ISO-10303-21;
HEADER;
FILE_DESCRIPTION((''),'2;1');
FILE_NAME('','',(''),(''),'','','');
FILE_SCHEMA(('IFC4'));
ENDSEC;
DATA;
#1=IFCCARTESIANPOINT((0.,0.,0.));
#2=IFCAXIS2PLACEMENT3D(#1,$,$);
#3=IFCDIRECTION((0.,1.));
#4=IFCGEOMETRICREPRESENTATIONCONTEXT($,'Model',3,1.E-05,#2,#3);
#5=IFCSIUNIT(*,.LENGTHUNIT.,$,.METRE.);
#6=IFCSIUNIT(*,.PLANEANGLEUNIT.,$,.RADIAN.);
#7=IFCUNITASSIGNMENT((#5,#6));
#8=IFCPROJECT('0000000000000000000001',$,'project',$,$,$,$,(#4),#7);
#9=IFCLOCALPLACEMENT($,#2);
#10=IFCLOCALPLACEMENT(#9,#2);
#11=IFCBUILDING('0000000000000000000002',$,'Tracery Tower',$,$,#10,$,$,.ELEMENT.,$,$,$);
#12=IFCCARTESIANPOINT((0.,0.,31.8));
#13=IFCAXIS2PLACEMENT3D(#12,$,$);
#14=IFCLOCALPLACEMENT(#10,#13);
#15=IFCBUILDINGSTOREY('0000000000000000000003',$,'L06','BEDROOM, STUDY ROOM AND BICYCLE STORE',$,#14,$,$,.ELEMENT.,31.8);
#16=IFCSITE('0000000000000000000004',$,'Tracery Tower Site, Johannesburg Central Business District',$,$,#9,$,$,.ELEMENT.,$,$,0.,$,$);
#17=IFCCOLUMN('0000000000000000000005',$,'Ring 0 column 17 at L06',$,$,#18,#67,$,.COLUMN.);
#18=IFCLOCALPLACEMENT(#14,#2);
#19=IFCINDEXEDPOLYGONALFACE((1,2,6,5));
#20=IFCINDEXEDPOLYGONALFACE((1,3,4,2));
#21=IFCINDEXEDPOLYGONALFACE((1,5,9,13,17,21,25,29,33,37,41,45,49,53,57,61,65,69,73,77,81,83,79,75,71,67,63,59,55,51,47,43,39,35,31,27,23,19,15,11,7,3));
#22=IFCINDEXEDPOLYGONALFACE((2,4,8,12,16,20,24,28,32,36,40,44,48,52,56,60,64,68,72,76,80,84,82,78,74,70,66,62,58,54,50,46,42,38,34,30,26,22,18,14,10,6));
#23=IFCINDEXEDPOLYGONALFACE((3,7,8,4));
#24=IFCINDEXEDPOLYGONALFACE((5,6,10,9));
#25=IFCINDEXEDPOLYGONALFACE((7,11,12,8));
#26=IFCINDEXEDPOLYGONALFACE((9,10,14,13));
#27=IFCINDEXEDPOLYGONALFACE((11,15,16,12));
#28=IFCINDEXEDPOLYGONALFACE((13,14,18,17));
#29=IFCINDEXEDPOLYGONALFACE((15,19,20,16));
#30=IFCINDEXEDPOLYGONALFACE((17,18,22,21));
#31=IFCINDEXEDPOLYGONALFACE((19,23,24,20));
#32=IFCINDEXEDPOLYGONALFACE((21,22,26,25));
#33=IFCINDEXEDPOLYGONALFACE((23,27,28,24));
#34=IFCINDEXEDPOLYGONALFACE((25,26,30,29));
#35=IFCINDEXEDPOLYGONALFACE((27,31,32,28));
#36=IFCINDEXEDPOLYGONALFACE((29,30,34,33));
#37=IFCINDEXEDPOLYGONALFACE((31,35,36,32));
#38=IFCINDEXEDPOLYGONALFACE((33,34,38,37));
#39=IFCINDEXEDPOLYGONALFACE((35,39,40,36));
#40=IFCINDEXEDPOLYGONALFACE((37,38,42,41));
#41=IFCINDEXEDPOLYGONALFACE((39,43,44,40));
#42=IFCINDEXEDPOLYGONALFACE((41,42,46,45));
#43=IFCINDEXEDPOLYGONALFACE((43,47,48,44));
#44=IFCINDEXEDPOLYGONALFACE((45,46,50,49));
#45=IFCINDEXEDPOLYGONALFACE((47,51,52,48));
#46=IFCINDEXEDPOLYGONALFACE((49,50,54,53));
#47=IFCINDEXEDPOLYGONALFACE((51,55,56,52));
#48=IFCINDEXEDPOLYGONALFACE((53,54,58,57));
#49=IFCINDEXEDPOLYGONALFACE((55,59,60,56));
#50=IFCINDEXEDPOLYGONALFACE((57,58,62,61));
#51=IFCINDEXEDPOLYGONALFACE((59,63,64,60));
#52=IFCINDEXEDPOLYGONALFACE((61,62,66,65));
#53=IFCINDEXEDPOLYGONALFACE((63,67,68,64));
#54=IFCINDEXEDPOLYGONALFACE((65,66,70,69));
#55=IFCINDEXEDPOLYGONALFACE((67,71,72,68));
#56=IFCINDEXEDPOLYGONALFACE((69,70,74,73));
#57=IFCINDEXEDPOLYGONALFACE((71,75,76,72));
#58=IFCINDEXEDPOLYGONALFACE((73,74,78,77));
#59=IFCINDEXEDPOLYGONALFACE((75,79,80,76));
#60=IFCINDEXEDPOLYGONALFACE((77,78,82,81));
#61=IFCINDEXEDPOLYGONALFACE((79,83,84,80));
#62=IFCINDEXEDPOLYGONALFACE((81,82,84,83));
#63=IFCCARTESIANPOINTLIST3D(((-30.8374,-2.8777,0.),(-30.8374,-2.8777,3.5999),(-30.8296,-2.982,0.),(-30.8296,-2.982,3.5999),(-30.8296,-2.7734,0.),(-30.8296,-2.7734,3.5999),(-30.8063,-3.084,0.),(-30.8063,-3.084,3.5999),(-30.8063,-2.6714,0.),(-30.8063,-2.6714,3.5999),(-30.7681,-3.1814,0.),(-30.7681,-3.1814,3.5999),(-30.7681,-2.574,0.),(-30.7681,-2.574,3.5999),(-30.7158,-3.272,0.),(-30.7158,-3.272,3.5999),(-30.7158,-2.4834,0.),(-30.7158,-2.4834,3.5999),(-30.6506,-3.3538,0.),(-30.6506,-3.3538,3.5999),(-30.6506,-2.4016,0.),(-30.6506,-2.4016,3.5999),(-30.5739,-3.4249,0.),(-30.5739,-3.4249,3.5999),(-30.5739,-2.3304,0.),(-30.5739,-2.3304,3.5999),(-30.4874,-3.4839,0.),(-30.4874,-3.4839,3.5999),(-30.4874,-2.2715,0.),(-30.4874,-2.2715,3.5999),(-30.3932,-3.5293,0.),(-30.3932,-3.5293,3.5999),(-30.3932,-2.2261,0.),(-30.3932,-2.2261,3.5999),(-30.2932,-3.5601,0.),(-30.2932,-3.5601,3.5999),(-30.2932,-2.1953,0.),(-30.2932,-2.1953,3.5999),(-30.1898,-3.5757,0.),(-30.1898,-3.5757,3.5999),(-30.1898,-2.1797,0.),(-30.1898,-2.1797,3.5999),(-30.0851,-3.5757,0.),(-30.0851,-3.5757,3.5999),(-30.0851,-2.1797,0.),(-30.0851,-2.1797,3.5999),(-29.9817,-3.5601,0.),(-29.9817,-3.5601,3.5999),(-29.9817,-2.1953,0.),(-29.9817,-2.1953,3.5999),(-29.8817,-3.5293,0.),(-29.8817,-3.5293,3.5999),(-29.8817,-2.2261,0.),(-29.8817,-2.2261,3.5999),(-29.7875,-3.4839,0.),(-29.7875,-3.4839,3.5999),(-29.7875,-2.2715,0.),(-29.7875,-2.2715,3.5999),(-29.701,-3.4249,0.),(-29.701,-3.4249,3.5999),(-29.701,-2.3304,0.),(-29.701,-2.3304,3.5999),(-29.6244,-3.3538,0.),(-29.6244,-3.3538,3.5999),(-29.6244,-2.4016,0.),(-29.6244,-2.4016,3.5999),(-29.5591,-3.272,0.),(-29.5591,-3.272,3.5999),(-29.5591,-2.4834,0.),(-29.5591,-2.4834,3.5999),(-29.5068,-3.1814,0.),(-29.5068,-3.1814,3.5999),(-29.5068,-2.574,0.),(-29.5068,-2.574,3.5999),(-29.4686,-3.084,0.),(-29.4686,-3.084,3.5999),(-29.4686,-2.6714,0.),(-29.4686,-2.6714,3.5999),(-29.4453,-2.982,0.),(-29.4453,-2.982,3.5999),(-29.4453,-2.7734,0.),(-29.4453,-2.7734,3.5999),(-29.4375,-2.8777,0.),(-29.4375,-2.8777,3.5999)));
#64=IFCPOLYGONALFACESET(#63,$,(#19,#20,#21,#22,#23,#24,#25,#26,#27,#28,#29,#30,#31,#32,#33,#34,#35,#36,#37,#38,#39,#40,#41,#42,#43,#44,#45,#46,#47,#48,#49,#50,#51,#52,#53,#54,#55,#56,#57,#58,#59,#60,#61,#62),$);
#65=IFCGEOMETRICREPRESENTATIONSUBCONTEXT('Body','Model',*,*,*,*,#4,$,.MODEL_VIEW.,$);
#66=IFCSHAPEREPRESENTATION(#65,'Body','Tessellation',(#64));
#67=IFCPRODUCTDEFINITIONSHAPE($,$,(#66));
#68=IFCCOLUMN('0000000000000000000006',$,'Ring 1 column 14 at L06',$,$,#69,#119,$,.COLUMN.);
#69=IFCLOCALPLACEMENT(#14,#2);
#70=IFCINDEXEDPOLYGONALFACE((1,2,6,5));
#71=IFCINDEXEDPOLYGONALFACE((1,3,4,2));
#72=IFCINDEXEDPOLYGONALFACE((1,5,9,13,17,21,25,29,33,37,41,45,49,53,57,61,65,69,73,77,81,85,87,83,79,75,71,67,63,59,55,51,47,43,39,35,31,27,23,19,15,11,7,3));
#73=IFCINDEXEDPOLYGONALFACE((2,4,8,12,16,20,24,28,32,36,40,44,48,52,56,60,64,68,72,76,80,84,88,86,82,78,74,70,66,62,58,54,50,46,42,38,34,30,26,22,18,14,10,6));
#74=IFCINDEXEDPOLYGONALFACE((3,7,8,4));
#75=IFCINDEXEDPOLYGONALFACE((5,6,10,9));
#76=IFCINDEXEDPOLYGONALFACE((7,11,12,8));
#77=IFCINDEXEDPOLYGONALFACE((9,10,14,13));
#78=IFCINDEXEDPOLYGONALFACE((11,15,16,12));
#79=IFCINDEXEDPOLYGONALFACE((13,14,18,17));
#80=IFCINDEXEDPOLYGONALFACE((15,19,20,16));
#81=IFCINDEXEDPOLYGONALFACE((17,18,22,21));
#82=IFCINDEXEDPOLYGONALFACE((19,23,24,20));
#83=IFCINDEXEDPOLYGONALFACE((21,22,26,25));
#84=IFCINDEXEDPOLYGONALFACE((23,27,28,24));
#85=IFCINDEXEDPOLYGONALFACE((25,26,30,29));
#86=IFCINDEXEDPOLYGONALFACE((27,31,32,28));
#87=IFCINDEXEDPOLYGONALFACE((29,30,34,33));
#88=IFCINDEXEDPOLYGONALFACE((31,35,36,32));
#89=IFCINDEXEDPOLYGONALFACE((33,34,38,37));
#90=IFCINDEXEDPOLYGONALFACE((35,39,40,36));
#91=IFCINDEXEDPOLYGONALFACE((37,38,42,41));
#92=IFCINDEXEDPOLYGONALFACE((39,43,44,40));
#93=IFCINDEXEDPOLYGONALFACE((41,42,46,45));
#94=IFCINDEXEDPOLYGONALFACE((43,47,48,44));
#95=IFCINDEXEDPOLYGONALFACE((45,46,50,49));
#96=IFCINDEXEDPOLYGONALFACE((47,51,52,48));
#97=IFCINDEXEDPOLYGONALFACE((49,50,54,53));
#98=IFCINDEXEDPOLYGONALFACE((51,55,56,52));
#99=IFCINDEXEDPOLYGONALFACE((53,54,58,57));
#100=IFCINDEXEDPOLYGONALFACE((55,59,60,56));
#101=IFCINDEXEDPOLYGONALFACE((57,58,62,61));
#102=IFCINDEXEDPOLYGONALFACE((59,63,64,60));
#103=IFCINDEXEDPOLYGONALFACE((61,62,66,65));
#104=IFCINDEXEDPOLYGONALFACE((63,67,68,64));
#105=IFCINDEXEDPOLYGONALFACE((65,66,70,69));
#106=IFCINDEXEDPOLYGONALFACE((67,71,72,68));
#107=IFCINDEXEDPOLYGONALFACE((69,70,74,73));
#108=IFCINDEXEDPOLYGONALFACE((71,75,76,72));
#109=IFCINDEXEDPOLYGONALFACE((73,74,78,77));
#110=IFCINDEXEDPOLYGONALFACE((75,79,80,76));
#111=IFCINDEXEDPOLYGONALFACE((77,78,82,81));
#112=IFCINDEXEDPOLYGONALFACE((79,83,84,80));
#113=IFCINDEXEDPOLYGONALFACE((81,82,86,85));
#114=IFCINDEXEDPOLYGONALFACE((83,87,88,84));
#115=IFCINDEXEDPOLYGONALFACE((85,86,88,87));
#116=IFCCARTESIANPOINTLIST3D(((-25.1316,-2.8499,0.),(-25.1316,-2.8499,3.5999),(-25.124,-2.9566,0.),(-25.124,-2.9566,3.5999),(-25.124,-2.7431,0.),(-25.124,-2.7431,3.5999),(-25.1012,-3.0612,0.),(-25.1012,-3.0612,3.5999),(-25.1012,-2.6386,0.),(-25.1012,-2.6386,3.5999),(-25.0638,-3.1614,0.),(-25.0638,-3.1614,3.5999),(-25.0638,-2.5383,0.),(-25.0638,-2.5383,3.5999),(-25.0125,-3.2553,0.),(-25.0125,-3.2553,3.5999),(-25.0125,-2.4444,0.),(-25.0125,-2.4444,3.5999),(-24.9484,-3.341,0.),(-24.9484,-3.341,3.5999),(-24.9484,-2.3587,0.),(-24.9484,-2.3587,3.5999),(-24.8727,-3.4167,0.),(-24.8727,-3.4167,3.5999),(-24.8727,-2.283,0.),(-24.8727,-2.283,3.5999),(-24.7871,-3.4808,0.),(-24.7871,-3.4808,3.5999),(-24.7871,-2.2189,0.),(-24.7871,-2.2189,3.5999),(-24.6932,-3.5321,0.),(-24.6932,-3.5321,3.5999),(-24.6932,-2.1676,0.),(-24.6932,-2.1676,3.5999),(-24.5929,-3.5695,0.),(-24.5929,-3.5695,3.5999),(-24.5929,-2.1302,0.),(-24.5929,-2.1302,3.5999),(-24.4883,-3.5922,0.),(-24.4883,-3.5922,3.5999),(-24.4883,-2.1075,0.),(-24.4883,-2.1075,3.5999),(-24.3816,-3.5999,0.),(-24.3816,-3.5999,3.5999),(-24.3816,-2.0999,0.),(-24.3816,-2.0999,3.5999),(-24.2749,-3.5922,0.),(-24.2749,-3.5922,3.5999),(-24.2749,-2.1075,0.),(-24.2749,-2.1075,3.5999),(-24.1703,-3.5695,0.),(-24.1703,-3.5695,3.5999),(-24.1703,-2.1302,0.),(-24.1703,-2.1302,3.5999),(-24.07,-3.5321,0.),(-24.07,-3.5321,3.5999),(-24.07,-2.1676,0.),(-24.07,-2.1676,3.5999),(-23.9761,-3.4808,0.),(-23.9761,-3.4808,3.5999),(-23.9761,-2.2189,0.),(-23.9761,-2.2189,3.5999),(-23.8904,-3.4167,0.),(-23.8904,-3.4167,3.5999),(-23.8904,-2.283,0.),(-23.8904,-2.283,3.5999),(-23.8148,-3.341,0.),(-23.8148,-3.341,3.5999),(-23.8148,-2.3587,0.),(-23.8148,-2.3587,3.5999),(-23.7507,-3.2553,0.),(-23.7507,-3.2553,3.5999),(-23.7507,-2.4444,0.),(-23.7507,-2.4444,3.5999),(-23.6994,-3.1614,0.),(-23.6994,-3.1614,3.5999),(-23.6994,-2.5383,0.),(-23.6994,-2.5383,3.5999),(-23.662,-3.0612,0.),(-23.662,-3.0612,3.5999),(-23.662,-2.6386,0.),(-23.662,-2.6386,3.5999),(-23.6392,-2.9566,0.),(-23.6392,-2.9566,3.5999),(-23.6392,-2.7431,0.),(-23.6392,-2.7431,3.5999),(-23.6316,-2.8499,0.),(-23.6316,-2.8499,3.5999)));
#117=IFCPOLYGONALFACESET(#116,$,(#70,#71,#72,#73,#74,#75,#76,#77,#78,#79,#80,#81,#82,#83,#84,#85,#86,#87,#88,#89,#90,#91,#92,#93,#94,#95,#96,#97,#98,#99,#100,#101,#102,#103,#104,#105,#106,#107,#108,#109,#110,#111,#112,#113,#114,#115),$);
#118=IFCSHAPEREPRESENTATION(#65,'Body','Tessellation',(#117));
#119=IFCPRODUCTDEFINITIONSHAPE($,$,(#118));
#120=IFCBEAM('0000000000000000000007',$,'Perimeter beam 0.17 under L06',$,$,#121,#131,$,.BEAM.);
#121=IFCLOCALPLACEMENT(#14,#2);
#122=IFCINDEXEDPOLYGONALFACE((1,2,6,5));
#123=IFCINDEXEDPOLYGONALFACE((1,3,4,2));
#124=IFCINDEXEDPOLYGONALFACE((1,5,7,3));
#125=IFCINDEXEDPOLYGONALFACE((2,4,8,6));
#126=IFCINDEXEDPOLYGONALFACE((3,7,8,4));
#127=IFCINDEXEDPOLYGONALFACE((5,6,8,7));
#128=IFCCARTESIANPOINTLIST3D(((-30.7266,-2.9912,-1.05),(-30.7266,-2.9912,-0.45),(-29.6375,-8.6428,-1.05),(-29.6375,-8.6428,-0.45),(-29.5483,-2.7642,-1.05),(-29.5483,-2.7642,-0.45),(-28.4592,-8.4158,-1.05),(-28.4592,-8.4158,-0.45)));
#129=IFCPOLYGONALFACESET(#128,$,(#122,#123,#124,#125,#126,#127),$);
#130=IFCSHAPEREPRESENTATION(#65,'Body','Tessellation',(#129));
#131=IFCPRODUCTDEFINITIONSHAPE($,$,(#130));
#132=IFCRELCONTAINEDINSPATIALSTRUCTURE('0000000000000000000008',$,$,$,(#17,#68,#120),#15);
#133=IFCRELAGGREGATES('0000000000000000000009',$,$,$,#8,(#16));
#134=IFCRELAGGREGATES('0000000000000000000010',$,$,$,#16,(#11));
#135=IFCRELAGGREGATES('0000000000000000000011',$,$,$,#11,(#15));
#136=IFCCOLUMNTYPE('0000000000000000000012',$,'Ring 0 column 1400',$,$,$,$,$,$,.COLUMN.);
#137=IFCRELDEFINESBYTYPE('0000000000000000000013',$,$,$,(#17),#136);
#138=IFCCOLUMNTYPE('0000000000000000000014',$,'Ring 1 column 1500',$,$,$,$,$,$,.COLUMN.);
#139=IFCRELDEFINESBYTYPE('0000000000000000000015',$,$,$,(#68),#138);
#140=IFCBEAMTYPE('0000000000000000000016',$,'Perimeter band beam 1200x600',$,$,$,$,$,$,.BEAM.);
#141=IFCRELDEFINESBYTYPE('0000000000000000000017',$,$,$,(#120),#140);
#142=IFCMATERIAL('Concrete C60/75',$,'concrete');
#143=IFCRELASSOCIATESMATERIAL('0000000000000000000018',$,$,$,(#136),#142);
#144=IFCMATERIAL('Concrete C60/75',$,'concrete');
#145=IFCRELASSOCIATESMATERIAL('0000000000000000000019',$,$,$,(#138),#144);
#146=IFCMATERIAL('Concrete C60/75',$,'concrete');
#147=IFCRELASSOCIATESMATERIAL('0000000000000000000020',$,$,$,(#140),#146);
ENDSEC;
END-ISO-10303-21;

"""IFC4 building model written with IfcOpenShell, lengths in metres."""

from ifc_helpers import new_model, si_unit, direction, frame, origin, origin_2d, place, context, subcontext, project, spatial, rectangle, circle, extrude, material, material_profile, profile_set, type_object, element, save


model = new_model("IFC4")

# Units and contexts
model_context = context("Model", 3, precision=1e-05, world=origin(), true_north=direction((0.0, 1.0)))
body_context = subcontext(model_context, "Body", "Model", "MODEL_VIEW")
ifc_project = project(units=[si_unit("LENGTHUNIT", "METRE"), si_unit("PLANEANGLEUNIT", "RADIAN")], contexts=[model_context])

# Site, building, storey
site_placement = place(None, origin())
site = spatial("IfcSite", under=ifc_project, at=site_placement, Name="Tracery Tower Site, Johannesburg Central Business District", CompositionType="ELEMENT", RefElevation=0.0)
building_placement = place(site_placement, origin())
building = spatial("IfcBuilding", under=site, at=building_placement, Name="Tracery Tower", CompositionType="ELEMENT")
storey_placement = place(building_placement, frame((0.0, 0.0, 31.8)))
storey = spatial("IfcBuildingStorey", under=building, at=storey_placement, Name="L06", Description="BEDROOM, STUDY ROOM AND BICYCLE STORE", CompositionType="ELEMENT", Elevation=31.8)

# Columns
ifc_material_1 = material(Name="Concrete C60/75", Category="concrete")
ifc_material_profile_1 = material_profile(ifc_material_1, circle(Radius=0.7, at=origin_2d()), Name="RC D1400")
ifc_profile_set_1 = profile_set([ifc_material_profile_1], Name="Concrete C60/75")
column_type_1 = type_object("IfcColumnType", Name="Ring 0 column 1400", PredefinedType="COLUMN", material=ifc_profile_set_1)
column_1_placement = place(storey_placement, frame((-30.1375, -2.8777, 0.0), z_axis=(0.0, 0.0, 1.0), x_axis=(1.0, 0.0, 0.0)))
element("IfcColumn", 1, at=column_1_placement, inside=storey, type_object=column_type_1, Name="Ring 0 column 17 at L06", PredefinedType="COLUMN", context=body_context, shape_type="SweptSolid", body=[
    extrude(circle(Radius=0.7, at=origin_2d()), origin(), (0.0, 0.0, 1.0), 3.5999),
])
ifc_material_2 = material(Name="Concrete C60/75", Category="concrete")
ifc_material_profile_2 = material_profile(ifc_material_2, circle(Radius=0.75, at=origin_2d()), Name="RC D1500")
ifc_profile_set_2 = profile_set([ifc_material_profile_2], Name="Concrete C60/75")
column_type_2 = type_object("IfcColumnType", Name="Ring 1 column 1500", PredefinedType="COLUMN", material=ifc_profile_set_2)
column_2_placement = place(storey_placement, frame((-24.3816, -2.8499, 0.0), z_axis=(0.0, 0.0, 1.0), x_axis=(1.0, 0.0, 0.0)))
element("IfcColumn", 2, at=column_2_placement, inside=storey, type_object=column_type_2, Name="Ring 1 column 14 at L06", PredefinedType="COLUMN", context=body_context, shape_type="SweptSolid", body=[
    extrude(circle(Radius=0.75, at=origin_2d()), origin(), (0.0, 0.0, 1.0), 3.5999),
])

# Beam
ifc_material_3 = material(Name="Concrete C60/75", Category="concrete")
ifc_material_profile_3 = material_profile(ifc_material_3, rectangle(XDim=1.2, YDim=0.6001, at=origin_2d()), Name="RC 1200x600")
ifc_profile_set_3 = profile_set([ifc_material_profile_3], Name="Concrete C60/75")
beam_type = type_object("IfcBeamType", Name="Perimeter band beam 1200x600", PredefinedType="BEAM", material=ifc_profile_set_3)
beam_placement = place(storey_placement, frame((-30.1375, -2.8777, -0.75), z_axis=(0.189227, -0.981933, 0.0), x_axis=(0.981933, 0.189227, 0.0)))
element("IfcBeam", 3, at=beam_placement, inside=storey, type_object=beam_type, Name="Perimeter beam 0.17 under L06", PredefinedType="BEAM", context=body_context, shape_type="SweptSolid", body=[
    extrude(rectangle(XDim=1.2, YDim=0.6001, at=origin_2d()), origin(), (0.0, 0.0, 1.0), 5.7556),
])

save(model, "model.ifc")
